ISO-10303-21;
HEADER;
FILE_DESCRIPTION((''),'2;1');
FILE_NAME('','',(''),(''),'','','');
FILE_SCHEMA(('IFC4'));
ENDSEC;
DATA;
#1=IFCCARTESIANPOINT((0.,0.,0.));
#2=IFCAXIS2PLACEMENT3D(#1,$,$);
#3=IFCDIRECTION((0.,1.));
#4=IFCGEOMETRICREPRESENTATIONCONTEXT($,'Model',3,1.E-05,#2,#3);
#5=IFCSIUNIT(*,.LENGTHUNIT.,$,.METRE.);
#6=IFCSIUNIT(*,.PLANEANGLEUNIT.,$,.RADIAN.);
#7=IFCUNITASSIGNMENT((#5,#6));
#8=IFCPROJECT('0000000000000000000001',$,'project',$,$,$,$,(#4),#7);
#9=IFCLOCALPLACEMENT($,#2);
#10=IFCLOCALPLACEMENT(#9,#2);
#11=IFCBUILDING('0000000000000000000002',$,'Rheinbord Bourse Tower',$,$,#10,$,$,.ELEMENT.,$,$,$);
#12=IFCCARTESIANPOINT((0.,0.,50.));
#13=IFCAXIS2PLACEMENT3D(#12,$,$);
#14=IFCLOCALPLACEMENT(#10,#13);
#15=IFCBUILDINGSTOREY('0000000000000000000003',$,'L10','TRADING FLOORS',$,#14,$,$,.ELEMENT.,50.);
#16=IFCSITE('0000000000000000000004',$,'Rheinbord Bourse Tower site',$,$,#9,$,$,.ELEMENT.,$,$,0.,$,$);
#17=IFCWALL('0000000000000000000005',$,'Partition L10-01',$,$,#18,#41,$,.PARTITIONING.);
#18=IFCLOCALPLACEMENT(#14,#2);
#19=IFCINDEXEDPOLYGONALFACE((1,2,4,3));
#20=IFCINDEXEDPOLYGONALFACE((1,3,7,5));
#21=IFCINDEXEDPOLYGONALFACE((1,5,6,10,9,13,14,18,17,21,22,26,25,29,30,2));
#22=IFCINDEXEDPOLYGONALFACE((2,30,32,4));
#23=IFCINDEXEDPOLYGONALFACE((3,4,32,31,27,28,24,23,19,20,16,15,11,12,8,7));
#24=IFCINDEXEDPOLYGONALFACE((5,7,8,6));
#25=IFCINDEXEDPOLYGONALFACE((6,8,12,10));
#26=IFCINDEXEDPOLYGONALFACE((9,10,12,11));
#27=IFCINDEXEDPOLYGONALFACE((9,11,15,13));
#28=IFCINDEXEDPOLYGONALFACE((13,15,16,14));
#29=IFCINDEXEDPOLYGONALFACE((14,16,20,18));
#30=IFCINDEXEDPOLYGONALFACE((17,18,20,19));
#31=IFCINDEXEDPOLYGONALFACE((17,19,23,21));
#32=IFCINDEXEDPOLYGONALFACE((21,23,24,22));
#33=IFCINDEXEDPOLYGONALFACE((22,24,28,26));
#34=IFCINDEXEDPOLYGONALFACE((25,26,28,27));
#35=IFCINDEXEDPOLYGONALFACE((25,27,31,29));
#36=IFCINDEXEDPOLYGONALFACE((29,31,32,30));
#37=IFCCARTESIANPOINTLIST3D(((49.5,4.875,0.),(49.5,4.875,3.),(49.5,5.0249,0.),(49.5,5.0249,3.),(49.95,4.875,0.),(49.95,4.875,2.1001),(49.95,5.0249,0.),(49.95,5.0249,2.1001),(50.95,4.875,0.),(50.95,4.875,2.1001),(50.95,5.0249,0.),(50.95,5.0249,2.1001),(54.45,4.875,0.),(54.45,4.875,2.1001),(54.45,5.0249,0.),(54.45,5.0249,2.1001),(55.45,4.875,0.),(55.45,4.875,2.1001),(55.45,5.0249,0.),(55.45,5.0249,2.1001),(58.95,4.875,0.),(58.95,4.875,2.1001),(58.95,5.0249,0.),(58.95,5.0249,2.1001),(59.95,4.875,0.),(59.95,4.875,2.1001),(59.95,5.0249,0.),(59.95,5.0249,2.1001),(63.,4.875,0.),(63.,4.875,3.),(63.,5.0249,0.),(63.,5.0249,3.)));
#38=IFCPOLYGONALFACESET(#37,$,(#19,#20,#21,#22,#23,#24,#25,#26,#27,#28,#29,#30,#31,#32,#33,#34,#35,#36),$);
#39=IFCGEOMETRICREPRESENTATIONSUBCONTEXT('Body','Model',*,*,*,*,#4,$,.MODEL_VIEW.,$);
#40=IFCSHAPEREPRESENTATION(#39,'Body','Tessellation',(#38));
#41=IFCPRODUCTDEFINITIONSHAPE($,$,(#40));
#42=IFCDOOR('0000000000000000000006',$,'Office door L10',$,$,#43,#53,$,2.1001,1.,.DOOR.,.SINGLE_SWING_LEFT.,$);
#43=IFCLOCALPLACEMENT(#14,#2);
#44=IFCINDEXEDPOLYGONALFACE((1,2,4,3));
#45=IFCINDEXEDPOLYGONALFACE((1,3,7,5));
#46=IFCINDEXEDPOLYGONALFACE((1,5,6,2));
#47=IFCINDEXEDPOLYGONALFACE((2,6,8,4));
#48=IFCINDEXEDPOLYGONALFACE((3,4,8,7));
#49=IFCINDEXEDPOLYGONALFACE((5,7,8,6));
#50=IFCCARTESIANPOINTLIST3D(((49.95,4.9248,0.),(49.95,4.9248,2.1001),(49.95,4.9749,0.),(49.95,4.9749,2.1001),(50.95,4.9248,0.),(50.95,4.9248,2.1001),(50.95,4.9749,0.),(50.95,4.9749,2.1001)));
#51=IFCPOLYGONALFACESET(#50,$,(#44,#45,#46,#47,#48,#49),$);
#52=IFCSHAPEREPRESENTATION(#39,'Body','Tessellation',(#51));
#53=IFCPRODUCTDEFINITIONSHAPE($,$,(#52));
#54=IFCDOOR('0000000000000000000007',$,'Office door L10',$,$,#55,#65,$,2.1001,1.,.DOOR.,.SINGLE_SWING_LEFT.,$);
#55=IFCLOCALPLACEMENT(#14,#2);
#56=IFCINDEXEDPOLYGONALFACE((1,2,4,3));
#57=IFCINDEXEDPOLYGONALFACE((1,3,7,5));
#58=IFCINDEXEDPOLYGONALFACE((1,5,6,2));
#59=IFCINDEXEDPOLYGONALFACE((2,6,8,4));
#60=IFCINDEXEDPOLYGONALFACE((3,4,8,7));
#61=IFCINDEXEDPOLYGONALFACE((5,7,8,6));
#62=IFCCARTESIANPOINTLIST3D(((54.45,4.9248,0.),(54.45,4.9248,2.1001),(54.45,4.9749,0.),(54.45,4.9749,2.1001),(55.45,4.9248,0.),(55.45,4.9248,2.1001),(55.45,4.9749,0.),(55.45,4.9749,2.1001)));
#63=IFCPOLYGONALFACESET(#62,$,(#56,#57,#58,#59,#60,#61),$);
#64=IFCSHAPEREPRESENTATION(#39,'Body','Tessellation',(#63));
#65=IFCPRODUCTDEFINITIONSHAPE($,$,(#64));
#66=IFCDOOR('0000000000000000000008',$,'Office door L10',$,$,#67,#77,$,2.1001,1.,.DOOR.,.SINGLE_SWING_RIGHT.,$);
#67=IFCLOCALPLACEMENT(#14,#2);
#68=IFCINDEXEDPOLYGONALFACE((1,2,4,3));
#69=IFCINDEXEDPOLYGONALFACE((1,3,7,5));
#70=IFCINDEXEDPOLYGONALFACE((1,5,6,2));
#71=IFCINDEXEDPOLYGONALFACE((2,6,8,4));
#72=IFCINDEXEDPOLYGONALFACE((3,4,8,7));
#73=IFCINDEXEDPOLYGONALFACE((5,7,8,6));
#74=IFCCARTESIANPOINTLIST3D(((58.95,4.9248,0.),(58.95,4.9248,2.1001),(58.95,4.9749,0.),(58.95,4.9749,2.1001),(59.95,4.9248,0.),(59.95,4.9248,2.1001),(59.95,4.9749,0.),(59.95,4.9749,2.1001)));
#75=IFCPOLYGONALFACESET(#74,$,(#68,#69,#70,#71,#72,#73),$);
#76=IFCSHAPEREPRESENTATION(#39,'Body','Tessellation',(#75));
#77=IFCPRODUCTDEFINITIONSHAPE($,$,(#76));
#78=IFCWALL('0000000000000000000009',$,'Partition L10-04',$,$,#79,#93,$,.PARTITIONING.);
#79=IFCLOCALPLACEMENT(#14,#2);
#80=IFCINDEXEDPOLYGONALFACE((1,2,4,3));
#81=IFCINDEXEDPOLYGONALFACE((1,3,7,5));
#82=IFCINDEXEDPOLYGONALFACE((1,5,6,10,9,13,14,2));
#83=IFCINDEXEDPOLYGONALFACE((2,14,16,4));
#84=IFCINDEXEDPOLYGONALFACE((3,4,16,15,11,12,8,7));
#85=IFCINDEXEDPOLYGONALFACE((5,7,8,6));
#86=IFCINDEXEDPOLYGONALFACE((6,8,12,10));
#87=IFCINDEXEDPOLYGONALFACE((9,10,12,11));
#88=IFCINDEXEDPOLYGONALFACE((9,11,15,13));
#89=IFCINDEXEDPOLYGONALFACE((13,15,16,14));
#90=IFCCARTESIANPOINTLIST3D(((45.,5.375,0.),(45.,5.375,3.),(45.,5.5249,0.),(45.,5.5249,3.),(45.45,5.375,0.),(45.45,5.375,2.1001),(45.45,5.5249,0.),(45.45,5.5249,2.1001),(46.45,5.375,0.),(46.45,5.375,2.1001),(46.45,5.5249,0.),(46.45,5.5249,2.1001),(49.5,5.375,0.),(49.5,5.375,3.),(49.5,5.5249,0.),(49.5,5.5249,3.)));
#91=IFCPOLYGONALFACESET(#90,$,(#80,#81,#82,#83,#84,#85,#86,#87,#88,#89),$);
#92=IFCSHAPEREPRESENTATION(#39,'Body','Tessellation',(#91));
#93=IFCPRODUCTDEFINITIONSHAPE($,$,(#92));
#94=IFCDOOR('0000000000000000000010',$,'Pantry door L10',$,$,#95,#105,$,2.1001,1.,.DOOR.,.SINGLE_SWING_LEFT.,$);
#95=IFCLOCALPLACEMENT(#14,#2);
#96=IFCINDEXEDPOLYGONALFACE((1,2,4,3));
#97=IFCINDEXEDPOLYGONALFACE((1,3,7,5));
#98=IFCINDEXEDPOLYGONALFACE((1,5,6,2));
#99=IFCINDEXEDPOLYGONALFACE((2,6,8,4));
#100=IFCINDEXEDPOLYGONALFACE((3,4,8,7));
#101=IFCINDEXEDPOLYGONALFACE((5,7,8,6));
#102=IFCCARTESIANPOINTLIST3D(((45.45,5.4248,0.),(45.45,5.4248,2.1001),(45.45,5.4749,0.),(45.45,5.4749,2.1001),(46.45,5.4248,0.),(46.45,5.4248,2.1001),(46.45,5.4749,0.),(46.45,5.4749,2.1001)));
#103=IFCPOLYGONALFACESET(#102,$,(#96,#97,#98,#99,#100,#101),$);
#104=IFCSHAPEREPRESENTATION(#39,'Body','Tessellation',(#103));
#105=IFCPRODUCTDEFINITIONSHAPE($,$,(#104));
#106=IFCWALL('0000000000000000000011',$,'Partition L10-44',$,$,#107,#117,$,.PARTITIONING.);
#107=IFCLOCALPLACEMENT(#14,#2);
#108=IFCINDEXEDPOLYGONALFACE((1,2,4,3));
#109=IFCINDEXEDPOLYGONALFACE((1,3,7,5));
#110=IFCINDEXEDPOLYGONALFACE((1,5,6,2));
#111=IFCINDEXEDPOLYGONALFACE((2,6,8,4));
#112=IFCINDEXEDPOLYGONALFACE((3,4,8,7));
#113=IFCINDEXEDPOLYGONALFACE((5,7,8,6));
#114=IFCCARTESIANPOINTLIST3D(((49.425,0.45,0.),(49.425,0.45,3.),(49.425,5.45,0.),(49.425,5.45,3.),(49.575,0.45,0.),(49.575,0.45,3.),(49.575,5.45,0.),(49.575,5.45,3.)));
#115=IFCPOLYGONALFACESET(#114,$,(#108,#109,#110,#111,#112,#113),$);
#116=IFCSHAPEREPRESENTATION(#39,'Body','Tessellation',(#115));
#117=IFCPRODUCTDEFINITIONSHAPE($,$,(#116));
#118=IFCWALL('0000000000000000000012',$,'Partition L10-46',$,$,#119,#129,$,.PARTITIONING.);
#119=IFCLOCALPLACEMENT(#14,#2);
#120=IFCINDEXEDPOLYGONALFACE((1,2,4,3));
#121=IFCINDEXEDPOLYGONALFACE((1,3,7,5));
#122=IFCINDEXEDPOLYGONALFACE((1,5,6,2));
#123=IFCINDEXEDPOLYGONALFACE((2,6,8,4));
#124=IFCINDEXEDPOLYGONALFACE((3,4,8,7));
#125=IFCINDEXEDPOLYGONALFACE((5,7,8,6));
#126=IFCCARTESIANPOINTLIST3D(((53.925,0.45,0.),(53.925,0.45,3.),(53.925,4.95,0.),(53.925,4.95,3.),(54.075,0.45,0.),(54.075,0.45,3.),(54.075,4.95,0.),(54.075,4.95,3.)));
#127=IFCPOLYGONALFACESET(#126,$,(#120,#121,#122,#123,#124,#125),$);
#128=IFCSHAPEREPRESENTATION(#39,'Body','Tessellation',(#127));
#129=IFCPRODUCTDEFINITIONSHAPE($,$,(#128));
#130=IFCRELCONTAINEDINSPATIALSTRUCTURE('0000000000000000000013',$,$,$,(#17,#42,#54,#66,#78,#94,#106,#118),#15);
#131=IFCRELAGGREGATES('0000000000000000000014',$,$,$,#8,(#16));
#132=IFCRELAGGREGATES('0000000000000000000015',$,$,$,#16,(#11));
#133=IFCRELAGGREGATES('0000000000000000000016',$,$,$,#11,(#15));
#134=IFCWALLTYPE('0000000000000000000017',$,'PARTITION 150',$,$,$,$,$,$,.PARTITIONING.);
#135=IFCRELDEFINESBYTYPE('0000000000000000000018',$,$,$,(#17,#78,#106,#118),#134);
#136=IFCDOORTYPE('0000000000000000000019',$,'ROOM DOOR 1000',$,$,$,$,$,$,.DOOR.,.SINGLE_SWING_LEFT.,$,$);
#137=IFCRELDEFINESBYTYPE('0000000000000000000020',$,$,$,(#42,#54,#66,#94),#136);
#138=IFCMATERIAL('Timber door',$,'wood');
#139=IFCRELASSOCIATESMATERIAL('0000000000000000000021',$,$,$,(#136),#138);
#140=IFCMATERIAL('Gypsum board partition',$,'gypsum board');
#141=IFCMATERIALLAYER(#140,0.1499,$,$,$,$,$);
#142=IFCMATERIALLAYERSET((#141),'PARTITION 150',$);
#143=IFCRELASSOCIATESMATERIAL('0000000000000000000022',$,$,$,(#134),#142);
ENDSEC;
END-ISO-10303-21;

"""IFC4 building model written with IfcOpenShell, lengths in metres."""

from ifc_helpers import new_model, si_unit, direction, frame, frame_2d, origin, place, context, subcontext, project, spatial, rectangle, extrude, material, layer, layer_set, type_object, element, fill, save


model = new_model("IFC4")

# Units and contexts
model_context = context("Model", 3, precision=1e-05, world=origin(), true_north=direction((0.0, 1.0)))
body_context = subcontext(model_context, "Body", "Model", "MODEL_VIEW")
ifc_project = project(units=[si_unit("LENGTHUNIT", "METRE"), si_unit("PLANEANGLEUNIT", "RADIAN")], contexts=[model_context])

# Site, building, storey
site_placement = place(None, origin())
site = spatial("IfcSite", under=ifc_project, at=site_placement, Name="Rheinbord Bourse Tower site", CompositionType="ELEMENT", RefElevation=0.0)
building_placement = place(site_placement, origin())
building = spatial("IfcBuilding", under=site, at=building_placement, Name="Rheinbord Bourse Tower", CompositionType="ELEMENT")
storey_placement = place(building_placement, frame((0.0, 0.0, 50.0)))
storey = spatial("IfcBuildingStorey", under=building, at=storey_placement, Name="L10", Description="TRADING FLOORS", CompositionType="ELEMENT", Elevation=50.0)

# Shared definitions
ifc_material_1 = material(Name="Timber door", Category="wood")
door_type_1 = type_object("IfcDoorType", Name="ROOM DOOR 1000", OperationType="SINGLE_SWING_LEFT", PredefinedType="DOOR", material=ifc_material_1)

# Wall, openings, doors
ifc_material_2 = material(Name="Gypsum board partition", Category="gypsum board")
ifc_layer_1 = layer(ifc_material_2, 0.1499)
ifc_layer_set_1 = layer_set([ifc_layer_1], Name="PARTITION 150")
wall_type_1 = type_object("IfcWallType", Name="PARTITION 150", PredefinedType="PARTITIONING", material=ifc_layer_set_1)
wall_1_placement = place(storey_placement, frame((49.5, 4.95, 0.0), z_axis=(0.0, 0.0, 1.0), x_axis=(1.0, 0.0, 0.0)))
wall_1 = element("IfcWall", 1, at=wall_1_placement, inside=storey, type_object=wall_type_1, Name="Partition L10-01", PredefinedType="PARTITIONING", context=body_context, shape_type="SweptSolid", body=[
    extrude(rectangle(XDim=13.5, YDim=0.1499, at=frame_2d((6.75, 0.0))), origin(), (0.0, 0.0, 1.0), 3.0),
])
opening_1_placement = place(wall_1_placement, frame((0.45, 0.0, 0.0)))
opening_1 = element("IfcOpeningElement", 2, at=opening_1_placement, cuts=wall_1, PredefinedType="OPENING", context=body_context, shape_type="SweptSolid", body=[
    extrude(rectangle(XDim=1.0, YDim=2.1001, at=frame_2d((0.5, 1.05))), frame((0.0, 0.085, 0.0), z_axis=(0.0, -1.0, 0.0), x_axis=(1.0, 0.0, 0.0)), (0.0, 0.0, 1.0), 0.1699),
])
opening_2_placement = place(wall_1_placement, frame((4.95, 0.0, 0.0)))
opening_2 = element("IfcOpeningElement", 3, at=opening_2_placement, cuts=wall_1, PredefinedType="OPENING", context=body_context, shape_type="SweptSolid", body=[
    extrude(rectangle(XDim=1.0, YDim=2.1001, at=frame_2d((0.5, 1.05))), frame((0.0, 0.085, 0.0), z_axis=(0.0, -1.0, 0.0), x_axis=(1.0, 0.0, 0.0)), (0.0, 0.0, 1.0), 0.1699),
])
opening_3_placement = place(wall_1_placement, frame((9.45, 0.0, 0.0)))
opening_3 = element("IfcOpeningElement", 4, at=opening_3_placement, cuts=wall_1, PredefinedType="OPENING", context=body_context, shape_type="SweptSolid", body=[
    extrude(rectangle(XDim=1.0, YDim=2.1001, at=frame_2d((0.5, 1.05))), frame((0.0, 0.085, 0.0), z_axis=(0.0, -1.0, 0.0), x_axis=(1.0, 0.0, 0.0)), (0.0, 0.0, 1.0), 0.1699),
])
door_1_placement = place(opening_1_placement, origin())
door_1 = element("IfcDoor", 5, at=door_1_placement, inside=storey, type_object=door_type_1, Name="Office door L10", OperationType="SINGLE_SWING_LEFT", OverallHeight=2.1001, OverallWidth=1.0, PredefinedType="DOOR", context=body_context, shape_type="SweptSolid", body=[
    extrude(rectangle(XDim=1.0, YDim=2.1001, at=frame_2d((0.5, 1.05))), frame((0.0, 0.0249, 0.0), z_axis=(0.0, -1.0, 0.0), x_axis=(1.0, 0.0, 0.0)), (0.0, 0.0, 1.0), 0.05),
])
fill(opening_1, door_1)
door_2_placement = place(opening_2_placement, origin())
door_2 = element("IfcDoor", 6, at=door_2_placement, inside=storey, type_object=door_type_1, Name="Office door L10", OperationType="SINGLE_SWING_LEFT", OverallHeight=2.1001, OverallWidth=1.0, PredefinedType="DOOR", context=body_context, shape_type="SweptSolid", body=[
    extrude(rectangle(XDim=1.0, YDim=2.1001, at=frame_2d((0.5, 1.05))), frame((0.0, 0.0249, 0.0), z_axis=(0.0, -1.0, 0.0), x_axis=(1.0, 0.0, 0.0)), (0.0, 0.0, 1.0), 0.05),
])
fill(opening_2, door_2)
door_3_placement = place(opening_3_placement, origin())
door_3 = element("IfcDoor", 7, at=door_3_placement, inside=storey, type_object=door_type_1, Name="Office door L10", OperationType="SINGLE_SWING_RIGHT", OverallHeight=2.1001, OverallWidth=1.0, PredefinedType="DOOR", context=body_context, shape_type="SweptSolid", body=[
    extrude(rectangle(XDim=1.0, YDim=2.1001, at=frame_2d((0.5, 1.05))), frame((0.0, 0.0249, 0.0), z_axis=(0.0, -1.0, 0.0), x_axis=(1.0, 0.0, 0.0)), (0.0, 0.0, 1.0), 0.05),
])
fill(opening_3, door_3)

# Wall, opening, door
wall_2_placement = place(storey_placement, frame((45.0, 5.45, 0.0), z_axis=(0.0, 0.0, 1.0), x_axis=(1.0, 0.0, 0.0)))
wall_2 = element("IfcWall", 8, at=wall_2_placement, inside=storey, type_object=wall_type_1, Name="Partition L10-04", PredefinedType="PARTITIONING", context=body_context, shape_type="SweptSolid", body=[
    extrude(rectangle(XDim=4.5, YDim=0.1499, at=frame_2d((2.25, 0.0))), origin(), (0.0, 0.0, 1.0), 3.0),
])
opening_4_placement = place(wall_2_placement, frame((0.45, 0.0, 0.0)))
opening_4 = element("IfcOpeningElement", 9, at=opening_4_placement, cuts=wall_2, PredefinedType="OPENING", context=body_context, shape_type="SweptSolid", body=[
    extrude(rectangle(XDim=1.0, YDim=2.1001, at=frame_2d((0.5, 1.05))), frame((0.0, 0.085, 0.0), z_axis=(0.0, -1.0, 0.0), x_axis=(1.0, 0.0, 0.0)), (0.0, 0.0, 1.0), 0.1699),
])
door_4_placement = place(opening_4_placement, origin())
door_4 = element("IfcDoor", 10, at=door_4_placement, inside=storey, type_object=door_type_1, Name="Pantry door L10", OperationType="SINGLE_SWING_LEFT", OverallHeight=2.1001, OverallWidth=1.0, PredefinedType="DOOR", context=body_context, shape_type="SweptSolid", body=[
    extrude(rectangle(XDim=1.0, YDim=2.1001, at=frame_2d((0.5, 1.05))), frame((0.0, 0.0249, 0.0), z_axis=(0.0, -1.0, 0.0), x_axis=(1.0, 0.0, 0.0)), (0.0, 0.0, 1.0), 0.05),
])
fill(opening_4, door_4)

# Walls
wall_3_placement = place(storey_placement, frame((49.5, 0.45, 0.0), z_axis=(0.0, 0.0, 1.0), x_axis=(0.0, 1.0, 0.0)))
element("IfcWall", 11, at=wall_3_placement, inside=storey, type_object=wall_type_1, Name="Partition L10-44", PredefinedType="PARTITIONING", context=body_context, shape_type="SweptSolid", body=[
    extrude(rectangle(XDim=5.0, YDim=0.1499, at=frame_2d((2.5, 0.0))), origin(), (0.0, 0.0, 1.0), 3.0),
])
wall_4_placement = place(storey_placement, frame((54.0, 0.45, 0.0), z_axis=(0.0, 0.0, 1.0), x_axis=(0.0, 1.0, 0.0)))
element("IfcWall", 12, at=wall_4_placement, inside=storey, type_object=wall_type_1, Name="Partition L10-46", PredefinedType="PARTITIONING", context=body_context, shape_type="SweptSolid", body=[
    extrude(rectangle(XDim=4.5, YDim=0.1499, at=frame_2d((2.25, 0.0))), origin(), (0.0, 0.0, 1.0), 3.0),
])

save(model, "model.ifc")
